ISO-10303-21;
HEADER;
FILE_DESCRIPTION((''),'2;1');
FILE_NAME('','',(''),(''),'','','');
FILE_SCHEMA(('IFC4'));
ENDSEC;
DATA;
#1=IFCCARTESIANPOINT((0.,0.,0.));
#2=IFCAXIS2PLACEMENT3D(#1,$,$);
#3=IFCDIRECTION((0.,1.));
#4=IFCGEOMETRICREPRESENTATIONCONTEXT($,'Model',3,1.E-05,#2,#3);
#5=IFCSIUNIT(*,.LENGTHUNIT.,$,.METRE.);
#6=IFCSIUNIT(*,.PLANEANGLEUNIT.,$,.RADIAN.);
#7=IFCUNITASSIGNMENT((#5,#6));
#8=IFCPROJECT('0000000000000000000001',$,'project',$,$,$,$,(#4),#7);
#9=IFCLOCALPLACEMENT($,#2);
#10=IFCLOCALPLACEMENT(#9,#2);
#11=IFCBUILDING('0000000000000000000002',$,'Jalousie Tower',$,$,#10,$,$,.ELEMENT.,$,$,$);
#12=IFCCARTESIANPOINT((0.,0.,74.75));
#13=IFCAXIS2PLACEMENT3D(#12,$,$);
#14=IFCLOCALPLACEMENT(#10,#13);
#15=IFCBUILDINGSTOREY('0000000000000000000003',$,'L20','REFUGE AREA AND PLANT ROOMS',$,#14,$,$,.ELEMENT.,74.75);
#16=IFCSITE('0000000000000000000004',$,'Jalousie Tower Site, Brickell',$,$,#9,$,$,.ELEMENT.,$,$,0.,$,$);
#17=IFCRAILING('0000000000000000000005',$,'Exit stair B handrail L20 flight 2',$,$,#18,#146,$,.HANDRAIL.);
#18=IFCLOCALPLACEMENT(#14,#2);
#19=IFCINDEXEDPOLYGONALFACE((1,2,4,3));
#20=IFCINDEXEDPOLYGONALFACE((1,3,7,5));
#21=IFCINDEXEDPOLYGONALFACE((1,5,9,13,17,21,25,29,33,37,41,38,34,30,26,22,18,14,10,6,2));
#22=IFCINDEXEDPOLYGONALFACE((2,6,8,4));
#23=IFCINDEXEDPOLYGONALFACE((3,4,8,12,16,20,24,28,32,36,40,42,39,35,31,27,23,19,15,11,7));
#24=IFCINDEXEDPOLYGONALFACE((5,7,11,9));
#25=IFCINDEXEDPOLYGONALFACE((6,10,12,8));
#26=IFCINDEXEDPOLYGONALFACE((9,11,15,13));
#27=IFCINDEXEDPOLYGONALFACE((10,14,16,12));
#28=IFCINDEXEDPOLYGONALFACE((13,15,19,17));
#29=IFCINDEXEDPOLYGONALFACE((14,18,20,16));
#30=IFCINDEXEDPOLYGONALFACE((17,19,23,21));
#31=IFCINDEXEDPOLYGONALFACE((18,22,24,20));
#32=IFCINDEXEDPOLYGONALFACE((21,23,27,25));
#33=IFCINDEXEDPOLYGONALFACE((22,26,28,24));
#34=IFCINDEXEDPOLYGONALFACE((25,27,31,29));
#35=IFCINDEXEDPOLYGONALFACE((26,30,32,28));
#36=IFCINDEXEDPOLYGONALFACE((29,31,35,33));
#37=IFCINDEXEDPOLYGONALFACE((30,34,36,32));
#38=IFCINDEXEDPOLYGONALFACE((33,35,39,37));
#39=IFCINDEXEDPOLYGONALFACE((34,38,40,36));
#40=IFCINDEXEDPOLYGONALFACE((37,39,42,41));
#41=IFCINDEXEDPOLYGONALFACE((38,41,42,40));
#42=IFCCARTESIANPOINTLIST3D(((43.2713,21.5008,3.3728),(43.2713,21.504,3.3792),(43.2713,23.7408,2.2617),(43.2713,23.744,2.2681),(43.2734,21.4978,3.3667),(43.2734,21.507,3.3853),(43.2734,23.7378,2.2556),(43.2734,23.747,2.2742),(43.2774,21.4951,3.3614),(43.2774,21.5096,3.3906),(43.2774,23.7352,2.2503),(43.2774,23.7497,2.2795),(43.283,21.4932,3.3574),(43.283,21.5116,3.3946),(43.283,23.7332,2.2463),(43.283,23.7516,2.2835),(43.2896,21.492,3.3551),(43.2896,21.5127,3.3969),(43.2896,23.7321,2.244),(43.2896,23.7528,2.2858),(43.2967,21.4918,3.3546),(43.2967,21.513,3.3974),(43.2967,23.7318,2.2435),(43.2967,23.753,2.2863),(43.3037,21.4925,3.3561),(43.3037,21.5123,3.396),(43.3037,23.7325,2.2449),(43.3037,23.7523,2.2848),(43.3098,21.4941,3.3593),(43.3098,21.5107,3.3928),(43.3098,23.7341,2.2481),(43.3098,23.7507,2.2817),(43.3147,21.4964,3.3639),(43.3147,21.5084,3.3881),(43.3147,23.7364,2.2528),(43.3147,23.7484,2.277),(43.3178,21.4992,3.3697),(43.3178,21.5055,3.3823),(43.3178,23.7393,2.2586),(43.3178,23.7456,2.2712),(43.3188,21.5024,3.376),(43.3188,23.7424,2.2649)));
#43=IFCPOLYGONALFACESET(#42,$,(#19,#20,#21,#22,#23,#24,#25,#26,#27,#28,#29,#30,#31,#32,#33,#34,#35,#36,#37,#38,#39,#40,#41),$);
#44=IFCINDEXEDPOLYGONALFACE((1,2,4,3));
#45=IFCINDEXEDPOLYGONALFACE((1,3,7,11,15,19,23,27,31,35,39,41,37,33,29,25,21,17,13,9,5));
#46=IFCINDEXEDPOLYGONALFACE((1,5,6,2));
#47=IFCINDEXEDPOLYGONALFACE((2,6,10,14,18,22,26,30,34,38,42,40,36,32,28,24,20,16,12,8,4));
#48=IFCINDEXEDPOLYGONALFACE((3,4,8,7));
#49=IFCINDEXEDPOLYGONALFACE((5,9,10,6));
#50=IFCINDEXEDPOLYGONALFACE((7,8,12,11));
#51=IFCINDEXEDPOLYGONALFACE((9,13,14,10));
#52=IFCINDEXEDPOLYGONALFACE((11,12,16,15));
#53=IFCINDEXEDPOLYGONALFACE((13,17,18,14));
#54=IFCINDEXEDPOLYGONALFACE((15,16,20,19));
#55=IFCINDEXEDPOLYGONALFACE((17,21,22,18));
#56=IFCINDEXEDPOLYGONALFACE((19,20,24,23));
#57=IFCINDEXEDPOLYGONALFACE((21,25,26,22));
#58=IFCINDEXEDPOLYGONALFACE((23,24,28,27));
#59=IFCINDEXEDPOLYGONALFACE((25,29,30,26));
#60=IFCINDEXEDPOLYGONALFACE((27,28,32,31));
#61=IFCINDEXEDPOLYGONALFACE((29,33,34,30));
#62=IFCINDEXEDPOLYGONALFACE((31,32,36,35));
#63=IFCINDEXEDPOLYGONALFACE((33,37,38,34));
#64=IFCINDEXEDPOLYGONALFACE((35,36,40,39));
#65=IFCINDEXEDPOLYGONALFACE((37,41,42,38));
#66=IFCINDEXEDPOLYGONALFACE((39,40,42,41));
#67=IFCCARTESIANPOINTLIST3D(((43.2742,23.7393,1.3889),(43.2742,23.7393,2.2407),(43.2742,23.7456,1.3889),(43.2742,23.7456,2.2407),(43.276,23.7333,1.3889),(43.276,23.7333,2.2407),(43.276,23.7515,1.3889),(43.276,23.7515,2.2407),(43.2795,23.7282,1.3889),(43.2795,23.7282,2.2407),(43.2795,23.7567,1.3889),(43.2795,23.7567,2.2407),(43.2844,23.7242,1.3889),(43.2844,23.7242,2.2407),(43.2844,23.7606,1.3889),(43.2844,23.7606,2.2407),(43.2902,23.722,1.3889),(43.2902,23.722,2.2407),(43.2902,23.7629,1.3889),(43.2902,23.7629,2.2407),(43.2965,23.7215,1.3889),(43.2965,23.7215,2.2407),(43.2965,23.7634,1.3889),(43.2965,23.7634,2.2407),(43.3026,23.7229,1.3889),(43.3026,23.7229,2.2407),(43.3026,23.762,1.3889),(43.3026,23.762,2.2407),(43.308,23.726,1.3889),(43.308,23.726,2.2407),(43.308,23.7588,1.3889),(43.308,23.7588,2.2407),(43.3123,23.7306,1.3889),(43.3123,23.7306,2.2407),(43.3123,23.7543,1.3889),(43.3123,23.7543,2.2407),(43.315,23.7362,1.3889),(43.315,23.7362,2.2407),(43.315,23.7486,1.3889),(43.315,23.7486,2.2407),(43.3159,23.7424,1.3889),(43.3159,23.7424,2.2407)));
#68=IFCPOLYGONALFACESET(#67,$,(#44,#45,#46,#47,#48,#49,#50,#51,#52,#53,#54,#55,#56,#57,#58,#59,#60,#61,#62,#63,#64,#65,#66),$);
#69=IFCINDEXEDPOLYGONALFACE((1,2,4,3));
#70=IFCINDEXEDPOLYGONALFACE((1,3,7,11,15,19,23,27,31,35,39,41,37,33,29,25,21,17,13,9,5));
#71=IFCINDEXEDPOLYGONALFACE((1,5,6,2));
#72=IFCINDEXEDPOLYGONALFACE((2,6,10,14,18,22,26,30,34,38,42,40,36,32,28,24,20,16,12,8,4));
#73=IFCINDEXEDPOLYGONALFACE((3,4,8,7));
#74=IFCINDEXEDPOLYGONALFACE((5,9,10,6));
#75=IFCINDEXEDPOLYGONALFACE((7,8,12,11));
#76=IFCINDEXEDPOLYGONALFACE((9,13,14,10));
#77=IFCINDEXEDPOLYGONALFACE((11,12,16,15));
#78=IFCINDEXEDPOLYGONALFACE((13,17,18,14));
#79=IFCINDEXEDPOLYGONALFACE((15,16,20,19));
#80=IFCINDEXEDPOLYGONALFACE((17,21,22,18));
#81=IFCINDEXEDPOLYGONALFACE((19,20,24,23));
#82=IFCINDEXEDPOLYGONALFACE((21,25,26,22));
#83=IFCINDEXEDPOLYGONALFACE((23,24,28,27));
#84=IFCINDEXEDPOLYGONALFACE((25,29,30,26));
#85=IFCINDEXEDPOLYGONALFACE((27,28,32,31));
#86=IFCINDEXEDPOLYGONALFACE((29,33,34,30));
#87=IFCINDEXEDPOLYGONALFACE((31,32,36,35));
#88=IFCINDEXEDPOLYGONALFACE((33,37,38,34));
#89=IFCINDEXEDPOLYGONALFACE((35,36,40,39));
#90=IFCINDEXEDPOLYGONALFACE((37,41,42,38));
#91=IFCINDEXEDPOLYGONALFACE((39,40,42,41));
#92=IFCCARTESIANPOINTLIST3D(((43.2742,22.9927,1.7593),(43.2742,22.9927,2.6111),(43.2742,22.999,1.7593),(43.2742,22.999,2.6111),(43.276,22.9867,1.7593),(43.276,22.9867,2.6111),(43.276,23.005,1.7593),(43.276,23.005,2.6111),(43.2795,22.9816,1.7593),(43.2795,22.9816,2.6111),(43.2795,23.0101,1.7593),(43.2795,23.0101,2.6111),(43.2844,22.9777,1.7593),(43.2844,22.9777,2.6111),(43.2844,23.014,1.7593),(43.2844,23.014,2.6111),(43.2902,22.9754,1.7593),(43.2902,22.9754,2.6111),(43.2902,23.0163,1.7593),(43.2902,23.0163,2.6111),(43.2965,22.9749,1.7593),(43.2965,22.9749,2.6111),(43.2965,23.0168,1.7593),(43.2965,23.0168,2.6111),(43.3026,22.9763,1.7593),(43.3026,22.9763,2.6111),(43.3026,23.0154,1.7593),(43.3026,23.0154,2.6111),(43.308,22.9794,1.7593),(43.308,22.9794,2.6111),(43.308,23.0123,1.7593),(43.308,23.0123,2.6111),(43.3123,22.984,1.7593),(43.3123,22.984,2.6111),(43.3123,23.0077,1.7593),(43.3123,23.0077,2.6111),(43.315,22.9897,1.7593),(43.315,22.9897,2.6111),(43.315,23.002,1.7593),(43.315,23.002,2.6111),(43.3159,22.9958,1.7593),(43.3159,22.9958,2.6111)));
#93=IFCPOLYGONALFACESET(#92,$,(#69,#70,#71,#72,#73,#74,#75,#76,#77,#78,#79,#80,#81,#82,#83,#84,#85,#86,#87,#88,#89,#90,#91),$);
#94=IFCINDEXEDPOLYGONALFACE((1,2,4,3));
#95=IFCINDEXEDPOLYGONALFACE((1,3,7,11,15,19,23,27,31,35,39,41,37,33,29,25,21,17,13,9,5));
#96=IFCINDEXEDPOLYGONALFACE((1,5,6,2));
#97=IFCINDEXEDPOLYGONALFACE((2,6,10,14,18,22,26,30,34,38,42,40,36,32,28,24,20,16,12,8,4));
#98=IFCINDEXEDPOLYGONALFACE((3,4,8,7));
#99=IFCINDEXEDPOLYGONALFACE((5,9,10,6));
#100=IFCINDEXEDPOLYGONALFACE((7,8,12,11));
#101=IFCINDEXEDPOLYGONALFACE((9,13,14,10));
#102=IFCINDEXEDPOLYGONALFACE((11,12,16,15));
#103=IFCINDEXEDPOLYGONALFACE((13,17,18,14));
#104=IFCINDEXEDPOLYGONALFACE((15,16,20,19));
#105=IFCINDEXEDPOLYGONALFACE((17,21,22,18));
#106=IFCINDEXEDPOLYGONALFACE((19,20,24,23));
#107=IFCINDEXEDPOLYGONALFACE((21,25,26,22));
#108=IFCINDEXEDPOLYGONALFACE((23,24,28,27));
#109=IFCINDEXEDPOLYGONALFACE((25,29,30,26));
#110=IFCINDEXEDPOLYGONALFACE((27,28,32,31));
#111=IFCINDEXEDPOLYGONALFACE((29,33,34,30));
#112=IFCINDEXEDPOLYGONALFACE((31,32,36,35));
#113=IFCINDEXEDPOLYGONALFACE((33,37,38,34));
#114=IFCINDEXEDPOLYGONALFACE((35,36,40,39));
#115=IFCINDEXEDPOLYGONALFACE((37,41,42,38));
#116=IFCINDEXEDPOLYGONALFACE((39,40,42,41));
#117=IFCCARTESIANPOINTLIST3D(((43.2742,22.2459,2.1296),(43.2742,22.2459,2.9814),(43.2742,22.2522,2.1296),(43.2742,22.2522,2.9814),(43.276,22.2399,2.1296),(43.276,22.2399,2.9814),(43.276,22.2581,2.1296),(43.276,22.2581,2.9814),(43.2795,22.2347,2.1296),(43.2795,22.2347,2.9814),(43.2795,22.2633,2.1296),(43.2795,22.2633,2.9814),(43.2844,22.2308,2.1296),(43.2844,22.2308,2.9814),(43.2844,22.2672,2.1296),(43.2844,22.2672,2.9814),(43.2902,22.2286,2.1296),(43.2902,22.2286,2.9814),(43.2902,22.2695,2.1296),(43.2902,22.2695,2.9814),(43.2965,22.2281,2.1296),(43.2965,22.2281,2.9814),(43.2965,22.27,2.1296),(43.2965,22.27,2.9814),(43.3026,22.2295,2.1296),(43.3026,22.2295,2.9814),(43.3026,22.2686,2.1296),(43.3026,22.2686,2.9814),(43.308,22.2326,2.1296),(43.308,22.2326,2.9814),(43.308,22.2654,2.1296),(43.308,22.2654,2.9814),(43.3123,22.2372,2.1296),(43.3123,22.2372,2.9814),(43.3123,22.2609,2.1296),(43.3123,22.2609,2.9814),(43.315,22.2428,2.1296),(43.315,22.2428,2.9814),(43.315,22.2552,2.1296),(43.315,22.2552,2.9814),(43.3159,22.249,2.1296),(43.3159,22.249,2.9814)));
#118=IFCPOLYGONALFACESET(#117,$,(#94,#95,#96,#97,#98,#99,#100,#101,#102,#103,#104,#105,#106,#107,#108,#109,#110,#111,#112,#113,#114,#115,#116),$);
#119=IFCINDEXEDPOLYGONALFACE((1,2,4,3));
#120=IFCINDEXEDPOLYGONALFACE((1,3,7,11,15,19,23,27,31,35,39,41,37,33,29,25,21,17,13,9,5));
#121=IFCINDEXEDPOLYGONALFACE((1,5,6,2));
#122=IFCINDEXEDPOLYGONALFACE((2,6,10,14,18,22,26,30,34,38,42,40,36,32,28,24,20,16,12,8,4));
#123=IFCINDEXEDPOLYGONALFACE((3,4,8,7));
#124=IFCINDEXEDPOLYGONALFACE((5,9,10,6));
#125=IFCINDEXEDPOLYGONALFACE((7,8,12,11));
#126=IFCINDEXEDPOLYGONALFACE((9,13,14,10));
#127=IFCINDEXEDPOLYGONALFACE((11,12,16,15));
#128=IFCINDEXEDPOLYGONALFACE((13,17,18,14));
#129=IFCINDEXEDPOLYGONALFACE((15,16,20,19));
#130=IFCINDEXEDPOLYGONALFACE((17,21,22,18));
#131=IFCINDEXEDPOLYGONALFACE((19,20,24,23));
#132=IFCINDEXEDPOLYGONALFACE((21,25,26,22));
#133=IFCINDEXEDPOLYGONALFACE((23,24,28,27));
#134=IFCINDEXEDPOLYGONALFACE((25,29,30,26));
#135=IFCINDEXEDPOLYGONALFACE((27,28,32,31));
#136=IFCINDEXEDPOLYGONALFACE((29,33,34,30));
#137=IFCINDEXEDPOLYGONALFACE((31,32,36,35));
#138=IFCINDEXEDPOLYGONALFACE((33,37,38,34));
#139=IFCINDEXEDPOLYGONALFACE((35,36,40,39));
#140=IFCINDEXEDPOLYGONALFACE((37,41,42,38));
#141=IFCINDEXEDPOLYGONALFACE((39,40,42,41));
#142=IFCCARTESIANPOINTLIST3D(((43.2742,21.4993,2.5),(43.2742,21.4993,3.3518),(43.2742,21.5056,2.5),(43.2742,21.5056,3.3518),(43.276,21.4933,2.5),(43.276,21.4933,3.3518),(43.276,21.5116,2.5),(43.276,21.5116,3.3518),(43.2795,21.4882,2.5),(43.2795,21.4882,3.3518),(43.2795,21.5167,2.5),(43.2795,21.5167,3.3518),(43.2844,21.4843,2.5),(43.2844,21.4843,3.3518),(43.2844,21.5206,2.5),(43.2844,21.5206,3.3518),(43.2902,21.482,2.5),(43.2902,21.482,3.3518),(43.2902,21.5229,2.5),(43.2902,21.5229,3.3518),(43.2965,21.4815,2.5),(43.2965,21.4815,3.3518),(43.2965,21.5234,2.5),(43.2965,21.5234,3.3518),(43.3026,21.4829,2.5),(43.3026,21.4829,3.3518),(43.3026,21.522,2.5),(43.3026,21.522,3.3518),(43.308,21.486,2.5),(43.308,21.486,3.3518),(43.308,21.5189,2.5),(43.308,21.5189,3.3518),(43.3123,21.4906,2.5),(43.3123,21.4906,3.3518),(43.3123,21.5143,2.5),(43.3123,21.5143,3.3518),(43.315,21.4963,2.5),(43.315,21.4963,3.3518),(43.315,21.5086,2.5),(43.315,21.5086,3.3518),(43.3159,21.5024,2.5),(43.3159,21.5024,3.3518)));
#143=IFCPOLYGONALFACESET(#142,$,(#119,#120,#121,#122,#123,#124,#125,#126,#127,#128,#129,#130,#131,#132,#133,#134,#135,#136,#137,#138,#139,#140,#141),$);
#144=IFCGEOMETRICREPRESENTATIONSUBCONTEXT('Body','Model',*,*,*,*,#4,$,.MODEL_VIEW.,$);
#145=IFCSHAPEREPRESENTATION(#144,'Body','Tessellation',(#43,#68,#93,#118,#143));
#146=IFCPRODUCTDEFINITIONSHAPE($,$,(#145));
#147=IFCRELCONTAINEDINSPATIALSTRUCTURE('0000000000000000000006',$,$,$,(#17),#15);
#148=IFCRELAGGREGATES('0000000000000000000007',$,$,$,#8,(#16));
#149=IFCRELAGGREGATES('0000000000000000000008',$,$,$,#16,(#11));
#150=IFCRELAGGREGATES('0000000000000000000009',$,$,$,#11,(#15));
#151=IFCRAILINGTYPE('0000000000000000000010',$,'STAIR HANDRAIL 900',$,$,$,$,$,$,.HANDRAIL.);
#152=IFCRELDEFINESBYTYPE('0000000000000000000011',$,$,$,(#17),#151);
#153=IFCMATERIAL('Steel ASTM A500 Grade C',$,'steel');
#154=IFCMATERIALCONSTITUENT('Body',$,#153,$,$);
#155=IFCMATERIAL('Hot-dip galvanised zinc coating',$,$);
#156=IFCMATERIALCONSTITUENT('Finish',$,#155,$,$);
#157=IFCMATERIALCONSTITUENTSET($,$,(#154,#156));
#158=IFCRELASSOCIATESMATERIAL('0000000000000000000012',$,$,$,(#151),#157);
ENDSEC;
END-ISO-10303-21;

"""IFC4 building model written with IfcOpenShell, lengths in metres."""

from ifc_helpers import new_model, si_unit, direction, frame, origin, origin_2d, place, context, subcontext, project, spatial, circle, extrude, material, constituent, constituent_set, type_object, element, save


model = new_model("IFC4")

# Units and contexts
model_context = context("Model", 3, precision=1e-05, world=origin(), true_north=direction((0.0, 1.0)))
body_context = subcontext(model_context, "Body", "Model", "MODEL_VIEW")
ifc_project = project(units=[si_unit("LENGTHUNIT", "METRE"), si_unit("PLANEANGLEUNIT", "RADIAN")], contexts=[model_context])

# Site, building, storey
site_placement = place(None, origin())
site = spatial("IfcSite", under=ifc_project, at=site_placement, Name="Jalousie Tower Site, Brickell", CompositionType="ELEMENT", RefElevation=0.0)
building_placement = place(site_placement, origin())
building = spatial("IfcBuilding", under=site, at=building_placement, Name="Jalousie Tower", CompositionType="ELEMENT")
storey_placement = place(building_placement, frame((0.0, 0.0, 74.75)))
storey = spatial("IfcBuildingStorey", under=building, at=storey_placement, Name="L20", Description="REFUGE AREA AND PLANT ROOMS", CompositionType="ELEMENT", Elevation=74.75)

# Railing
ifc_material_1 = material(Name="Steel ASTM A500 Grade C", Category="steel")
ifc_constituent_1 = constituent(ifc_material_1, Name="Body")
ifc_material_2 = material(Name="Hot-dip galvanised zinc coating")
ifc_constituent_2 = constituent(ifc_material_2, Name="Finish")
ifc_constituent_set_1 = constituent_set(constituents=[ifc_constituent_1, ifc_constituent_2])
railing_type_1 = type_object("IfcRailingType", Name="STAIR HANDRAIL 900", PredefinedType="HANDRAIL", material=ifc_constituent_set_1)
railing_1_placement = place(storey_placement, frame((43.2949, 23.7424, 1.3889)))
element("IfcRailing", 1, at=railing_1_placement, inside=storey, type_object=railing_type_1, Name="Exit stair B handrail L20 flight 2", PredefinedType="HANDRAIL", context=body_context, shape_type="SweptSolid", body=[
    extrude(circle(Radius=0.0239, at=origin_2d()), frame((0.0, 0.0, 0.876), z_axis=(0.0, -0.895848, 0.44436), x_axis=(1.0, 0.0, 0.0)), (0.0, 0.0, 1.0), 2.5005),
    extrude(circle(Radius=0.021, at=origin_2d()), origin(), (0.0, 0.0, 1.0), 0.8518),
    extrude(circle(Radius=0.021, at=origin_2d()), frame((0.0, -0.7466, 0.3704)), (0.0, 0.0, 1.0), 0.8518),
    extrude(circle(Radius=0.021, at=origin_2d()), frame((0.0, -1.4934, 0.7407)), (0.0, 0.0, 1.0), 0.8518),
    extrude(circle(Radius=0.021, at=origin_2d()), frame((0.0, -2.24, 1.1111)), (0.0, 0.0, 1.0), 0.8518),
])

save(model, "model.ifc")
